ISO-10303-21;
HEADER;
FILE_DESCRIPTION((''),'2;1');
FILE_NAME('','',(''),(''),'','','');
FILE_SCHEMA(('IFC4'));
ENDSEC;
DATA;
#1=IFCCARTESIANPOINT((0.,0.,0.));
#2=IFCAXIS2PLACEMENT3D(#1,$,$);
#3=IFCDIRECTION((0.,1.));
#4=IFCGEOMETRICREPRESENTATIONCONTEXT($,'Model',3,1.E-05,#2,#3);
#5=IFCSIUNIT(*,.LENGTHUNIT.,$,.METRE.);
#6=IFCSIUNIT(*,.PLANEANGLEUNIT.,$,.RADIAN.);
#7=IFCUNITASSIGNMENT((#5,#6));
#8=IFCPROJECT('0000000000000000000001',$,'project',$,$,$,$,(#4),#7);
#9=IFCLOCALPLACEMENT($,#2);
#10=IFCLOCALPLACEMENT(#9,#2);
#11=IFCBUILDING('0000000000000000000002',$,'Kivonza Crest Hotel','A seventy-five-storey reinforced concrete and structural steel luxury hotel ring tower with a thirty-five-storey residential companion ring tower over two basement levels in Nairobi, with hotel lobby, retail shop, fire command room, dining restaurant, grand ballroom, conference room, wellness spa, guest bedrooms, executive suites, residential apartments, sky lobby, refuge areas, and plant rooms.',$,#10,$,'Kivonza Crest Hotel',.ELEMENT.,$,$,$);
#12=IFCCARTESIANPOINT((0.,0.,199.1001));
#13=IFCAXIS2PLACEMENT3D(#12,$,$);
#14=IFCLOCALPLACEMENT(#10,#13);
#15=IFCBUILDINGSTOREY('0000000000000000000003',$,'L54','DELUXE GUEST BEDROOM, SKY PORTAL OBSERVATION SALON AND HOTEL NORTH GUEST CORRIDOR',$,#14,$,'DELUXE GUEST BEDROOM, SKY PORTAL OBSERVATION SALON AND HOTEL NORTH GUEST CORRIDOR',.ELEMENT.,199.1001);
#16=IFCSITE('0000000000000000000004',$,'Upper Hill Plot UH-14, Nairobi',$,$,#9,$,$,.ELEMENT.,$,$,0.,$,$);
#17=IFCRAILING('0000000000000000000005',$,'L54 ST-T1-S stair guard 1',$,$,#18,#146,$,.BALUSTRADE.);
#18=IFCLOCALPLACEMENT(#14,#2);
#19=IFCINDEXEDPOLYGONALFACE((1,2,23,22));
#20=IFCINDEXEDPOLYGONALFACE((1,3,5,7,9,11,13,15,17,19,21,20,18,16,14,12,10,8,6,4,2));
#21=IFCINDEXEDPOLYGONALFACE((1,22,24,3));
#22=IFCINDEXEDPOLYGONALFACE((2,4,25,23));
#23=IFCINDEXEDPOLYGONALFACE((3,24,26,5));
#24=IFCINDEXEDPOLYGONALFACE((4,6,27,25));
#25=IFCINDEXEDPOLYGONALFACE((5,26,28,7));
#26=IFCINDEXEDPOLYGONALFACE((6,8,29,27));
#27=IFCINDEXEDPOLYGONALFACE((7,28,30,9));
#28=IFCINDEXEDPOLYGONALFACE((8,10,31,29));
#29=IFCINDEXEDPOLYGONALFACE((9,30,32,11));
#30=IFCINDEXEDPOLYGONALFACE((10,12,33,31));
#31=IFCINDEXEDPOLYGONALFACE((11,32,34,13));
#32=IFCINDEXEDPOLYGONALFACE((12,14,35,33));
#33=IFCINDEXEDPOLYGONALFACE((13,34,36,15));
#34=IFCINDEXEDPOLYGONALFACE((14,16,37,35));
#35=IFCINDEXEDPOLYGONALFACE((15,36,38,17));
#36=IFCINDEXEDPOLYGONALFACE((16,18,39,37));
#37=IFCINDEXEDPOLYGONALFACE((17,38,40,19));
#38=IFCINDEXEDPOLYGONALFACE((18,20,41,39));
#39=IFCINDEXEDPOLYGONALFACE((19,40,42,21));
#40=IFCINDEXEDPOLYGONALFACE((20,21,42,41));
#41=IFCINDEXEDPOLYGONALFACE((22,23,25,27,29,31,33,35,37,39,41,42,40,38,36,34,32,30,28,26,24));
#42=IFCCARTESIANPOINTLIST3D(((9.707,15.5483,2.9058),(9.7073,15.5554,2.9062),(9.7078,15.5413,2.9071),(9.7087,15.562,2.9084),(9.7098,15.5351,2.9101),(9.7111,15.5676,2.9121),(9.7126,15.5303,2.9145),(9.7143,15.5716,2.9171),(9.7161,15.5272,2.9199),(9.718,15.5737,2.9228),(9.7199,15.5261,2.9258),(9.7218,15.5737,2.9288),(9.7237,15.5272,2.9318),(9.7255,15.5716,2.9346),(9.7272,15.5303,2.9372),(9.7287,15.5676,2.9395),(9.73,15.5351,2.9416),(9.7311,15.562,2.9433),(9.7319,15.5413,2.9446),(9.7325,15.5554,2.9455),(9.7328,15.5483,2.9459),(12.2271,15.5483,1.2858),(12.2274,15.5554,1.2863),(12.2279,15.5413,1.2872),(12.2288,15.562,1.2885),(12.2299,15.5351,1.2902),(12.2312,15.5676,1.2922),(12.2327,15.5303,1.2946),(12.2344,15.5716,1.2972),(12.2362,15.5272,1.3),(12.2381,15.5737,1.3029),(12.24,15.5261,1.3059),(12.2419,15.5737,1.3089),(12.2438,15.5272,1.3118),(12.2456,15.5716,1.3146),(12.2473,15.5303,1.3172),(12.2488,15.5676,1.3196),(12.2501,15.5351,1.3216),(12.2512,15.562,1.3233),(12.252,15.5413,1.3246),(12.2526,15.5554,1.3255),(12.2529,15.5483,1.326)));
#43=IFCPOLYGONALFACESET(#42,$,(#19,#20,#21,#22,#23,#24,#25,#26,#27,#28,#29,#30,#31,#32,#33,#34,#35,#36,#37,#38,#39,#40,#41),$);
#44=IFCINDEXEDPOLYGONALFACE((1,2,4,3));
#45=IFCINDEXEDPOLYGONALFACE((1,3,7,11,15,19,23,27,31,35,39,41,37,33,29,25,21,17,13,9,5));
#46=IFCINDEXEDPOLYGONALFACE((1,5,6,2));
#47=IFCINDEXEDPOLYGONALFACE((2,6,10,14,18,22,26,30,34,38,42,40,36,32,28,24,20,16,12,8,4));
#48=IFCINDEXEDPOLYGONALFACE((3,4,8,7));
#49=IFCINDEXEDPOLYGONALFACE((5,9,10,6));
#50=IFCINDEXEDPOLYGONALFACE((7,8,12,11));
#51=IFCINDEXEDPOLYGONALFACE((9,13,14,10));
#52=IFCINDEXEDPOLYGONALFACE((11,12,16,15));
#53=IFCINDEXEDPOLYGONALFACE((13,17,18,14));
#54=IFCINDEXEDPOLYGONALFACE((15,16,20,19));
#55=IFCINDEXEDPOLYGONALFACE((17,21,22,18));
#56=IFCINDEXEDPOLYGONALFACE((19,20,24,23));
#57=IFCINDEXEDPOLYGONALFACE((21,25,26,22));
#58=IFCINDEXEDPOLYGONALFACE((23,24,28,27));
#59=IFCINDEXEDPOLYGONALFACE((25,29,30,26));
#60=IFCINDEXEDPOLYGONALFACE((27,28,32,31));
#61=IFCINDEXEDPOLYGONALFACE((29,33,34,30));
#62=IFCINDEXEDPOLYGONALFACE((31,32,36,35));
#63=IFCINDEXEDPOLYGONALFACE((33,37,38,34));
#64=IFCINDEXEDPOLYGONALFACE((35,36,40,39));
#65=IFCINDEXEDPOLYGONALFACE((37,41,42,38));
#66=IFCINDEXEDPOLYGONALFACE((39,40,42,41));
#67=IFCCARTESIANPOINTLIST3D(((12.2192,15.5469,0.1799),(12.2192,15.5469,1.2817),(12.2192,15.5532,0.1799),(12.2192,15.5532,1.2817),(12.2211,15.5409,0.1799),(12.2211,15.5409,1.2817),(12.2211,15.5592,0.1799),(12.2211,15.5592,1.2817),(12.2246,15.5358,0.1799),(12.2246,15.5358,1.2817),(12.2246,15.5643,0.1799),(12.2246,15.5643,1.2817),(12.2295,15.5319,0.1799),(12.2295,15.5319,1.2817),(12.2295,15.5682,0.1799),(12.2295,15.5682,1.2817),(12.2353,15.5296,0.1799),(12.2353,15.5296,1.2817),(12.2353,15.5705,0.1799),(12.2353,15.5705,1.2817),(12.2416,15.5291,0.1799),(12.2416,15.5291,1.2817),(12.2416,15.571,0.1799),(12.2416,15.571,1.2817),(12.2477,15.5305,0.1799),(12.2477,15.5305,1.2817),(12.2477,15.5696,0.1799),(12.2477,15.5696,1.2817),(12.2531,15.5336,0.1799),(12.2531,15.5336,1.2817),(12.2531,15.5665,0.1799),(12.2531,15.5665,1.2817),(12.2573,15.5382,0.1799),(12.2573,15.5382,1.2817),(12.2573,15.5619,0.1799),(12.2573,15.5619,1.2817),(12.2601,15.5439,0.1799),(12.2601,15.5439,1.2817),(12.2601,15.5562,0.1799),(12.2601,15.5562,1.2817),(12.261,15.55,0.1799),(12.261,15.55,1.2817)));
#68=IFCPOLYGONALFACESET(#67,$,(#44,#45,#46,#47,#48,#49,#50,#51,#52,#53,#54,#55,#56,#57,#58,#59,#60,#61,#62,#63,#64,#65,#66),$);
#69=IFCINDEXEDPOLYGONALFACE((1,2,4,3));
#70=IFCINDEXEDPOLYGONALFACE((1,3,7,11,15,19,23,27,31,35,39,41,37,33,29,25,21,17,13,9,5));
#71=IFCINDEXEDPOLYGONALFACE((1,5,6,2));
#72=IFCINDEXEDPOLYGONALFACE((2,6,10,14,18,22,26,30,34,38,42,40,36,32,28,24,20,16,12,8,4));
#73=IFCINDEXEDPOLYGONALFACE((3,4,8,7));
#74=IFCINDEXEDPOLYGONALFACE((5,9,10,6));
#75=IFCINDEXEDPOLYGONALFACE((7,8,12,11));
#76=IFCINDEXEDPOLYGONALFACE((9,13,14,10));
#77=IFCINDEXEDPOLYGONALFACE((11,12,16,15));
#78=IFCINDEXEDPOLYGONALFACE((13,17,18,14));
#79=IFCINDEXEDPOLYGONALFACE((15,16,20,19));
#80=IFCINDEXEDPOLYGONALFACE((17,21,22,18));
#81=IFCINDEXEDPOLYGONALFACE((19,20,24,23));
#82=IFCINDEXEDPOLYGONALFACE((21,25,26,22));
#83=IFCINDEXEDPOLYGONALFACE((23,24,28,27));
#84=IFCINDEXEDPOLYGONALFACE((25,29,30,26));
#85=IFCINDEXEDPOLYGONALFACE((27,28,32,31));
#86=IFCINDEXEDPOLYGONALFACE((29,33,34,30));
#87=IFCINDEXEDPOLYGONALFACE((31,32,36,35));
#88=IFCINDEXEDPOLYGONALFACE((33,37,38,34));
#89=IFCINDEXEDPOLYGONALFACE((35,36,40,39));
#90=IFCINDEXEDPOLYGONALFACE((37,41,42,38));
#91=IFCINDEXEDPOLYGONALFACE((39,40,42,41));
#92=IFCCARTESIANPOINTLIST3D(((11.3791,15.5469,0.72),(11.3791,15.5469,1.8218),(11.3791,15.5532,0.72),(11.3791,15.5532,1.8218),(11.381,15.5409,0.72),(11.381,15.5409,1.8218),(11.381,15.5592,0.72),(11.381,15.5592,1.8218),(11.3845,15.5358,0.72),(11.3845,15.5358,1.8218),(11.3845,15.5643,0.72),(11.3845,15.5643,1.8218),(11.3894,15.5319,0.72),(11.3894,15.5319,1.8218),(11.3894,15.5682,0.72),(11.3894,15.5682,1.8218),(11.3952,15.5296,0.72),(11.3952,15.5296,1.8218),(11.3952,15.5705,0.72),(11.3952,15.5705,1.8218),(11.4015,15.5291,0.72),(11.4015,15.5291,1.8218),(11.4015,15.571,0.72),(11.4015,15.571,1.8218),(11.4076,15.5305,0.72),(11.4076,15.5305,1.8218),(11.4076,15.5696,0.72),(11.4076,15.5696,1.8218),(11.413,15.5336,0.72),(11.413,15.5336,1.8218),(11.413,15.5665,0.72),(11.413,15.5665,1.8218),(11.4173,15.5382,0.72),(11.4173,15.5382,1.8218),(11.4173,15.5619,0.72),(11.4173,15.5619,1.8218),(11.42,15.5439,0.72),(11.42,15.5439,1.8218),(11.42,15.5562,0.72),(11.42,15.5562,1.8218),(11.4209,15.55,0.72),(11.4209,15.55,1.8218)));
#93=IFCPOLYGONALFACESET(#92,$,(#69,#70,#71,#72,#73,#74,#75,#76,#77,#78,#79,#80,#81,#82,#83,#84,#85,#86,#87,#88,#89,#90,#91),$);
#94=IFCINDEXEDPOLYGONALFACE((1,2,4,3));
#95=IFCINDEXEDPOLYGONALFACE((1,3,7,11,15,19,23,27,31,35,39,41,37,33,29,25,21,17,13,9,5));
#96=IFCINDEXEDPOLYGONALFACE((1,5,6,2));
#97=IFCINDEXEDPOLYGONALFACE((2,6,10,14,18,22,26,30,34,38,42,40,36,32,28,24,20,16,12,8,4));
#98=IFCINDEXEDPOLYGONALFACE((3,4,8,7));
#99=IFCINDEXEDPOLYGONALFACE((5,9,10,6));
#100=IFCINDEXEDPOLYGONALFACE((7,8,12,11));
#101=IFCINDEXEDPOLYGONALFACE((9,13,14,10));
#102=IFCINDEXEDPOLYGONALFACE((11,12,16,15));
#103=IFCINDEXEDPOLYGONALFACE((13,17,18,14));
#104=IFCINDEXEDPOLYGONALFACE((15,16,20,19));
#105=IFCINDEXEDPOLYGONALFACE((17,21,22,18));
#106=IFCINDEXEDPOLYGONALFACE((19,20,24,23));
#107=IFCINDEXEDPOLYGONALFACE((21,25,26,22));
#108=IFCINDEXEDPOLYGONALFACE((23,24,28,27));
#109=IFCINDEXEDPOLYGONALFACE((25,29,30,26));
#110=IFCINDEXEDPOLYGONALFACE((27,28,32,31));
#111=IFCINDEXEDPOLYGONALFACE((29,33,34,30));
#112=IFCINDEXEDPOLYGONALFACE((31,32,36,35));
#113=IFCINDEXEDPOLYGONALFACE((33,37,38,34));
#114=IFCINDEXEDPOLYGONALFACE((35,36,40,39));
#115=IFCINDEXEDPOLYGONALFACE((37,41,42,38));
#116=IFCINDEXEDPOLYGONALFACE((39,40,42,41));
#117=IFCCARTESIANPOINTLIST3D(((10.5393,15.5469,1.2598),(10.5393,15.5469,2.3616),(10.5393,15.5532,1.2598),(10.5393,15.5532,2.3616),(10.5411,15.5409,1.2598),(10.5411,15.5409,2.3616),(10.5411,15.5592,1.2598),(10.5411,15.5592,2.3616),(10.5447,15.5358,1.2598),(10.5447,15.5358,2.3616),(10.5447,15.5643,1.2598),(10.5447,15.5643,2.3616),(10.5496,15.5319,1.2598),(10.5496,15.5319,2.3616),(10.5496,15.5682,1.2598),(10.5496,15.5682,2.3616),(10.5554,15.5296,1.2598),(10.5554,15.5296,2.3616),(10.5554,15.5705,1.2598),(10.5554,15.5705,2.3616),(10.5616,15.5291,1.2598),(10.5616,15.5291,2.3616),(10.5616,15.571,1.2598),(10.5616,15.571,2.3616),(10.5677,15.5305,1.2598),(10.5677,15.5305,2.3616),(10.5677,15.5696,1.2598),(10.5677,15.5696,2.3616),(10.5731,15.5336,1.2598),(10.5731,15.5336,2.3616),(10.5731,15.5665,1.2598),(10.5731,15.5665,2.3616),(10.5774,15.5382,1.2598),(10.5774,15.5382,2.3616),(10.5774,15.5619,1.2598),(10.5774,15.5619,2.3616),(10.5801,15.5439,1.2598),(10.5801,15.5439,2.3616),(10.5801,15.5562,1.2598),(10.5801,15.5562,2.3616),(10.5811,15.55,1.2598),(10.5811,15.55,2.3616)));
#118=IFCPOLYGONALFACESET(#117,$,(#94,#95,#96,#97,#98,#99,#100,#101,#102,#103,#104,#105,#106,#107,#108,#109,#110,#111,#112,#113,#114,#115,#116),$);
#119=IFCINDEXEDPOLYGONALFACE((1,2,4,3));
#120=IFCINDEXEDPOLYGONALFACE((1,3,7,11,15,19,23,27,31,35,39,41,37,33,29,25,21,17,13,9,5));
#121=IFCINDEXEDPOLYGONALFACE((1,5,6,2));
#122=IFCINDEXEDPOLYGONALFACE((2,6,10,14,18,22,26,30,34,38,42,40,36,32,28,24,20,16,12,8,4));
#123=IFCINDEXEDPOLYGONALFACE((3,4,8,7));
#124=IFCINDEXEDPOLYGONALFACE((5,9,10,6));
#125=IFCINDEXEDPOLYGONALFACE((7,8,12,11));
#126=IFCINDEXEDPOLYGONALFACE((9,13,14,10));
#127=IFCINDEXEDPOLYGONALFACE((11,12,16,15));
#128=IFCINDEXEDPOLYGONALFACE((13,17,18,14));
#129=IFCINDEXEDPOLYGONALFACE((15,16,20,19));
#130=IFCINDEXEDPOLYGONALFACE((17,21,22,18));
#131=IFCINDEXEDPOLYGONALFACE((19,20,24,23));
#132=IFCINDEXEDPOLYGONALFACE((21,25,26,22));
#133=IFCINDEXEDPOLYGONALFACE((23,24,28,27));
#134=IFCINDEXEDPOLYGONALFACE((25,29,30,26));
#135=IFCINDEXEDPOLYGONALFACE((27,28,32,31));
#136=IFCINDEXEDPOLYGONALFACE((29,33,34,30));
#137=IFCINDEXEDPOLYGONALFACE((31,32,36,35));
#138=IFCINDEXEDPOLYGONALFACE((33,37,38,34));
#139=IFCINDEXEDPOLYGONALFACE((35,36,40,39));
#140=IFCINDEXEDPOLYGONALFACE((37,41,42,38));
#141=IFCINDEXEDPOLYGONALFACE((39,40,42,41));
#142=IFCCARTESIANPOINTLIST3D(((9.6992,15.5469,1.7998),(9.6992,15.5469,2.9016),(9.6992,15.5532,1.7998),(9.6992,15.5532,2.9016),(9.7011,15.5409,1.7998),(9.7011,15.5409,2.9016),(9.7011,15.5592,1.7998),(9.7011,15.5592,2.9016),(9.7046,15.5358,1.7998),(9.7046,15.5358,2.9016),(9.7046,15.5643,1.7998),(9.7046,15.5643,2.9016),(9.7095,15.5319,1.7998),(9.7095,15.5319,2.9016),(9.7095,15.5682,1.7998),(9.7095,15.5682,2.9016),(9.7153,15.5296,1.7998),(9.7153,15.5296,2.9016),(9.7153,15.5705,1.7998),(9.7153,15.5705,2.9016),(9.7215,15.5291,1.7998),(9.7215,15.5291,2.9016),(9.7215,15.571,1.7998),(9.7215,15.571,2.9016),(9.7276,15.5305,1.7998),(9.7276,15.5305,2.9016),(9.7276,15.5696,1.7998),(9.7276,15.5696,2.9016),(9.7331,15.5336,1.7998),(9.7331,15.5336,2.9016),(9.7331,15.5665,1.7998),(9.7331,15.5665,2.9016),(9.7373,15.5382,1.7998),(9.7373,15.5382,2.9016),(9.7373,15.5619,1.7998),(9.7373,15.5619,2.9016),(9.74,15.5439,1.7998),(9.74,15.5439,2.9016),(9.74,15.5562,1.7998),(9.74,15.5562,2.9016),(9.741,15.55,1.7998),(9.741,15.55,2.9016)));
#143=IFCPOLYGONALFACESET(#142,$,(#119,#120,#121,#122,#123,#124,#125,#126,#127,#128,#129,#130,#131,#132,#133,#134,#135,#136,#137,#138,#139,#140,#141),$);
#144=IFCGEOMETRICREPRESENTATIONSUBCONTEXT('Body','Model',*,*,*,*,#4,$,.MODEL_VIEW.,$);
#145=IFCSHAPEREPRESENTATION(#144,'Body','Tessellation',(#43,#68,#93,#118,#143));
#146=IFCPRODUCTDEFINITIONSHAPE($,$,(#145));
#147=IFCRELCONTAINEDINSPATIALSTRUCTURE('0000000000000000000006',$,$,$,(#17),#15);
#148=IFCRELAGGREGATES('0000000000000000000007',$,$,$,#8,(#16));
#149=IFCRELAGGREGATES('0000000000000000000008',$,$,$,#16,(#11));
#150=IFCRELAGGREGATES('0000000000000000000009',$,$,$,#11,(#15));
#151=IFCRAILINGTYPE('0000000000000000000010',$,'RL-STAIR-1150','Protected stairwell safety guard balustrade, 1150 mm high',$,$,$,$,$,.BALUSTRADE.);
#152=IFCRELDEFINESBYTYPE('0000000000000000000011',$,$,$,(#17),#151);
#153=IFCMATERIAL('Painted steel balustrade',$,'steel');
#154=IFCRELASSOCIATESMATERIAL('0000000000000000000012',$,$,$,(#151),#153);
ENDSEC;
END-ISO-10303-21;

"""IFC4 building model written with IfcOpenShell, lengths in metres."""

from ifc_helpers import new_model, si_unit, direction, frame, origin, origin_2d, place, context, subcontext, project, spatial, circle, extrude, material, type_object, element, save


model = new_model("IFC4")

# Units and contexts
model_context = context("Model", 3, precision=1e-05, world=origin(), true_north=direction((0.0, 1.0)))
body_context = subcontext(model_context, "Body", "Model", "MODEL_VIEW")
ifc_project = project(units=[si_unit("LENGTHUNIT", "METRE"), si_unit("PLANEANGLEUNIT", "RADIAN")], contexts=[model_context])

# Site, building, storey
site_placement = place(None, origin())
site = spatial("IfcSite", under=ifc_project, at=site_placement, Name="Upper Hill Plot UH-14, Nairobi", CompositionType="ELEMENT", RefElevation=0.0)
building_placement = place(site_placement, origin())
building = spatial("IfcBuilding", under=site, at=building_placement, Name="Kivonza Crest Hotel", Description="A seventy-five-storey reinforced concrete and structural steel luxury hotel ring tower with a thirty-five-storey residential companion ring tower over two basement levels in Nairobi, with hotel lobby, retail shop, fire command room, dining restaurant, grand ballroom, conference room, wellness spa, guest bedrooms, executive suites, residential apartments, sky lobby, refuge areas, and plant rooms.", LongName="Kivonza Crest Hotel", CompositionType="ELEMENT")
storey_placement = place(building_placement, frame((0.0, 0.0, 199.1001)))
storey = spatial("IfcBuildingStorey", under=building, at=storey_placement, Name="L54", Description="DELUXE GUEST BEDROOM, SKY PORTAL OBSERVATION SALON AND HOTEL NORTH GUEST CORRIDOR", LongName="DELUXE GUEST BEDROOM, SKY PORTAL OBSERVATION SALON AND HOTEL NORTH GUEST CORRIDOR", CompositionType="ELEMENT", Elevation=199.1001)

# Railing
ifc_material_1 = material(Name="Painted steel balustrade", Category="steel")
railing_type_1 = type_object("IfcRailingType", Name="RL-STAIR-1150", Description="Protected stairwell safety guard balustrade, 1150 mm high", PredefinedType="BALUSTRADE", material=ifc_material_1)
railing_1_placement = place(storey_placement, frame((12.24, 15.55, 0.1799)))
element("IfcRailing", 1, at=railing_1_placement, inside=storey, type_object=railing_type_1, Name="L54 ST-T1-S stair guard 1", PredefinedType="BALUSTRADE", context=body_context, shape_type="SweptSolid", body=[
    extrude(circle(Radius=0.0239, at=origin_2d()), frame((0.0, 0.0, 1.126), z_axis=(-0.8412, 0.0, 0.540725), x_axis=(0.0, -1.0, 0.0)), (0.0, 0.0, 1.0), 2.9958),
    extrude(circle(Radius=0.021, at=origin_2d()), origin(), (0.0, 0.0, 1.0), 1.1018),
    extrude(circle(Radius=0.021, at=origin_2d()), frame((-0.8401, 0.0, 0.54)), (0.0, 0.0, 1.0), 1.1018),
    extrude(circle(Radius=0.021, at=origin_2d()), frame((-1.6799, 0.0, 1.0798)), (0.0, 0.0, 1.0), 1.1018),
    extrude(circle(Radius=0.021, at=origin_2d()), frame((-2.52, 0.0, 1.6199)), (0.0, 0.0, 1.0), 1.1018),
])

save(model, "model.ifc")
